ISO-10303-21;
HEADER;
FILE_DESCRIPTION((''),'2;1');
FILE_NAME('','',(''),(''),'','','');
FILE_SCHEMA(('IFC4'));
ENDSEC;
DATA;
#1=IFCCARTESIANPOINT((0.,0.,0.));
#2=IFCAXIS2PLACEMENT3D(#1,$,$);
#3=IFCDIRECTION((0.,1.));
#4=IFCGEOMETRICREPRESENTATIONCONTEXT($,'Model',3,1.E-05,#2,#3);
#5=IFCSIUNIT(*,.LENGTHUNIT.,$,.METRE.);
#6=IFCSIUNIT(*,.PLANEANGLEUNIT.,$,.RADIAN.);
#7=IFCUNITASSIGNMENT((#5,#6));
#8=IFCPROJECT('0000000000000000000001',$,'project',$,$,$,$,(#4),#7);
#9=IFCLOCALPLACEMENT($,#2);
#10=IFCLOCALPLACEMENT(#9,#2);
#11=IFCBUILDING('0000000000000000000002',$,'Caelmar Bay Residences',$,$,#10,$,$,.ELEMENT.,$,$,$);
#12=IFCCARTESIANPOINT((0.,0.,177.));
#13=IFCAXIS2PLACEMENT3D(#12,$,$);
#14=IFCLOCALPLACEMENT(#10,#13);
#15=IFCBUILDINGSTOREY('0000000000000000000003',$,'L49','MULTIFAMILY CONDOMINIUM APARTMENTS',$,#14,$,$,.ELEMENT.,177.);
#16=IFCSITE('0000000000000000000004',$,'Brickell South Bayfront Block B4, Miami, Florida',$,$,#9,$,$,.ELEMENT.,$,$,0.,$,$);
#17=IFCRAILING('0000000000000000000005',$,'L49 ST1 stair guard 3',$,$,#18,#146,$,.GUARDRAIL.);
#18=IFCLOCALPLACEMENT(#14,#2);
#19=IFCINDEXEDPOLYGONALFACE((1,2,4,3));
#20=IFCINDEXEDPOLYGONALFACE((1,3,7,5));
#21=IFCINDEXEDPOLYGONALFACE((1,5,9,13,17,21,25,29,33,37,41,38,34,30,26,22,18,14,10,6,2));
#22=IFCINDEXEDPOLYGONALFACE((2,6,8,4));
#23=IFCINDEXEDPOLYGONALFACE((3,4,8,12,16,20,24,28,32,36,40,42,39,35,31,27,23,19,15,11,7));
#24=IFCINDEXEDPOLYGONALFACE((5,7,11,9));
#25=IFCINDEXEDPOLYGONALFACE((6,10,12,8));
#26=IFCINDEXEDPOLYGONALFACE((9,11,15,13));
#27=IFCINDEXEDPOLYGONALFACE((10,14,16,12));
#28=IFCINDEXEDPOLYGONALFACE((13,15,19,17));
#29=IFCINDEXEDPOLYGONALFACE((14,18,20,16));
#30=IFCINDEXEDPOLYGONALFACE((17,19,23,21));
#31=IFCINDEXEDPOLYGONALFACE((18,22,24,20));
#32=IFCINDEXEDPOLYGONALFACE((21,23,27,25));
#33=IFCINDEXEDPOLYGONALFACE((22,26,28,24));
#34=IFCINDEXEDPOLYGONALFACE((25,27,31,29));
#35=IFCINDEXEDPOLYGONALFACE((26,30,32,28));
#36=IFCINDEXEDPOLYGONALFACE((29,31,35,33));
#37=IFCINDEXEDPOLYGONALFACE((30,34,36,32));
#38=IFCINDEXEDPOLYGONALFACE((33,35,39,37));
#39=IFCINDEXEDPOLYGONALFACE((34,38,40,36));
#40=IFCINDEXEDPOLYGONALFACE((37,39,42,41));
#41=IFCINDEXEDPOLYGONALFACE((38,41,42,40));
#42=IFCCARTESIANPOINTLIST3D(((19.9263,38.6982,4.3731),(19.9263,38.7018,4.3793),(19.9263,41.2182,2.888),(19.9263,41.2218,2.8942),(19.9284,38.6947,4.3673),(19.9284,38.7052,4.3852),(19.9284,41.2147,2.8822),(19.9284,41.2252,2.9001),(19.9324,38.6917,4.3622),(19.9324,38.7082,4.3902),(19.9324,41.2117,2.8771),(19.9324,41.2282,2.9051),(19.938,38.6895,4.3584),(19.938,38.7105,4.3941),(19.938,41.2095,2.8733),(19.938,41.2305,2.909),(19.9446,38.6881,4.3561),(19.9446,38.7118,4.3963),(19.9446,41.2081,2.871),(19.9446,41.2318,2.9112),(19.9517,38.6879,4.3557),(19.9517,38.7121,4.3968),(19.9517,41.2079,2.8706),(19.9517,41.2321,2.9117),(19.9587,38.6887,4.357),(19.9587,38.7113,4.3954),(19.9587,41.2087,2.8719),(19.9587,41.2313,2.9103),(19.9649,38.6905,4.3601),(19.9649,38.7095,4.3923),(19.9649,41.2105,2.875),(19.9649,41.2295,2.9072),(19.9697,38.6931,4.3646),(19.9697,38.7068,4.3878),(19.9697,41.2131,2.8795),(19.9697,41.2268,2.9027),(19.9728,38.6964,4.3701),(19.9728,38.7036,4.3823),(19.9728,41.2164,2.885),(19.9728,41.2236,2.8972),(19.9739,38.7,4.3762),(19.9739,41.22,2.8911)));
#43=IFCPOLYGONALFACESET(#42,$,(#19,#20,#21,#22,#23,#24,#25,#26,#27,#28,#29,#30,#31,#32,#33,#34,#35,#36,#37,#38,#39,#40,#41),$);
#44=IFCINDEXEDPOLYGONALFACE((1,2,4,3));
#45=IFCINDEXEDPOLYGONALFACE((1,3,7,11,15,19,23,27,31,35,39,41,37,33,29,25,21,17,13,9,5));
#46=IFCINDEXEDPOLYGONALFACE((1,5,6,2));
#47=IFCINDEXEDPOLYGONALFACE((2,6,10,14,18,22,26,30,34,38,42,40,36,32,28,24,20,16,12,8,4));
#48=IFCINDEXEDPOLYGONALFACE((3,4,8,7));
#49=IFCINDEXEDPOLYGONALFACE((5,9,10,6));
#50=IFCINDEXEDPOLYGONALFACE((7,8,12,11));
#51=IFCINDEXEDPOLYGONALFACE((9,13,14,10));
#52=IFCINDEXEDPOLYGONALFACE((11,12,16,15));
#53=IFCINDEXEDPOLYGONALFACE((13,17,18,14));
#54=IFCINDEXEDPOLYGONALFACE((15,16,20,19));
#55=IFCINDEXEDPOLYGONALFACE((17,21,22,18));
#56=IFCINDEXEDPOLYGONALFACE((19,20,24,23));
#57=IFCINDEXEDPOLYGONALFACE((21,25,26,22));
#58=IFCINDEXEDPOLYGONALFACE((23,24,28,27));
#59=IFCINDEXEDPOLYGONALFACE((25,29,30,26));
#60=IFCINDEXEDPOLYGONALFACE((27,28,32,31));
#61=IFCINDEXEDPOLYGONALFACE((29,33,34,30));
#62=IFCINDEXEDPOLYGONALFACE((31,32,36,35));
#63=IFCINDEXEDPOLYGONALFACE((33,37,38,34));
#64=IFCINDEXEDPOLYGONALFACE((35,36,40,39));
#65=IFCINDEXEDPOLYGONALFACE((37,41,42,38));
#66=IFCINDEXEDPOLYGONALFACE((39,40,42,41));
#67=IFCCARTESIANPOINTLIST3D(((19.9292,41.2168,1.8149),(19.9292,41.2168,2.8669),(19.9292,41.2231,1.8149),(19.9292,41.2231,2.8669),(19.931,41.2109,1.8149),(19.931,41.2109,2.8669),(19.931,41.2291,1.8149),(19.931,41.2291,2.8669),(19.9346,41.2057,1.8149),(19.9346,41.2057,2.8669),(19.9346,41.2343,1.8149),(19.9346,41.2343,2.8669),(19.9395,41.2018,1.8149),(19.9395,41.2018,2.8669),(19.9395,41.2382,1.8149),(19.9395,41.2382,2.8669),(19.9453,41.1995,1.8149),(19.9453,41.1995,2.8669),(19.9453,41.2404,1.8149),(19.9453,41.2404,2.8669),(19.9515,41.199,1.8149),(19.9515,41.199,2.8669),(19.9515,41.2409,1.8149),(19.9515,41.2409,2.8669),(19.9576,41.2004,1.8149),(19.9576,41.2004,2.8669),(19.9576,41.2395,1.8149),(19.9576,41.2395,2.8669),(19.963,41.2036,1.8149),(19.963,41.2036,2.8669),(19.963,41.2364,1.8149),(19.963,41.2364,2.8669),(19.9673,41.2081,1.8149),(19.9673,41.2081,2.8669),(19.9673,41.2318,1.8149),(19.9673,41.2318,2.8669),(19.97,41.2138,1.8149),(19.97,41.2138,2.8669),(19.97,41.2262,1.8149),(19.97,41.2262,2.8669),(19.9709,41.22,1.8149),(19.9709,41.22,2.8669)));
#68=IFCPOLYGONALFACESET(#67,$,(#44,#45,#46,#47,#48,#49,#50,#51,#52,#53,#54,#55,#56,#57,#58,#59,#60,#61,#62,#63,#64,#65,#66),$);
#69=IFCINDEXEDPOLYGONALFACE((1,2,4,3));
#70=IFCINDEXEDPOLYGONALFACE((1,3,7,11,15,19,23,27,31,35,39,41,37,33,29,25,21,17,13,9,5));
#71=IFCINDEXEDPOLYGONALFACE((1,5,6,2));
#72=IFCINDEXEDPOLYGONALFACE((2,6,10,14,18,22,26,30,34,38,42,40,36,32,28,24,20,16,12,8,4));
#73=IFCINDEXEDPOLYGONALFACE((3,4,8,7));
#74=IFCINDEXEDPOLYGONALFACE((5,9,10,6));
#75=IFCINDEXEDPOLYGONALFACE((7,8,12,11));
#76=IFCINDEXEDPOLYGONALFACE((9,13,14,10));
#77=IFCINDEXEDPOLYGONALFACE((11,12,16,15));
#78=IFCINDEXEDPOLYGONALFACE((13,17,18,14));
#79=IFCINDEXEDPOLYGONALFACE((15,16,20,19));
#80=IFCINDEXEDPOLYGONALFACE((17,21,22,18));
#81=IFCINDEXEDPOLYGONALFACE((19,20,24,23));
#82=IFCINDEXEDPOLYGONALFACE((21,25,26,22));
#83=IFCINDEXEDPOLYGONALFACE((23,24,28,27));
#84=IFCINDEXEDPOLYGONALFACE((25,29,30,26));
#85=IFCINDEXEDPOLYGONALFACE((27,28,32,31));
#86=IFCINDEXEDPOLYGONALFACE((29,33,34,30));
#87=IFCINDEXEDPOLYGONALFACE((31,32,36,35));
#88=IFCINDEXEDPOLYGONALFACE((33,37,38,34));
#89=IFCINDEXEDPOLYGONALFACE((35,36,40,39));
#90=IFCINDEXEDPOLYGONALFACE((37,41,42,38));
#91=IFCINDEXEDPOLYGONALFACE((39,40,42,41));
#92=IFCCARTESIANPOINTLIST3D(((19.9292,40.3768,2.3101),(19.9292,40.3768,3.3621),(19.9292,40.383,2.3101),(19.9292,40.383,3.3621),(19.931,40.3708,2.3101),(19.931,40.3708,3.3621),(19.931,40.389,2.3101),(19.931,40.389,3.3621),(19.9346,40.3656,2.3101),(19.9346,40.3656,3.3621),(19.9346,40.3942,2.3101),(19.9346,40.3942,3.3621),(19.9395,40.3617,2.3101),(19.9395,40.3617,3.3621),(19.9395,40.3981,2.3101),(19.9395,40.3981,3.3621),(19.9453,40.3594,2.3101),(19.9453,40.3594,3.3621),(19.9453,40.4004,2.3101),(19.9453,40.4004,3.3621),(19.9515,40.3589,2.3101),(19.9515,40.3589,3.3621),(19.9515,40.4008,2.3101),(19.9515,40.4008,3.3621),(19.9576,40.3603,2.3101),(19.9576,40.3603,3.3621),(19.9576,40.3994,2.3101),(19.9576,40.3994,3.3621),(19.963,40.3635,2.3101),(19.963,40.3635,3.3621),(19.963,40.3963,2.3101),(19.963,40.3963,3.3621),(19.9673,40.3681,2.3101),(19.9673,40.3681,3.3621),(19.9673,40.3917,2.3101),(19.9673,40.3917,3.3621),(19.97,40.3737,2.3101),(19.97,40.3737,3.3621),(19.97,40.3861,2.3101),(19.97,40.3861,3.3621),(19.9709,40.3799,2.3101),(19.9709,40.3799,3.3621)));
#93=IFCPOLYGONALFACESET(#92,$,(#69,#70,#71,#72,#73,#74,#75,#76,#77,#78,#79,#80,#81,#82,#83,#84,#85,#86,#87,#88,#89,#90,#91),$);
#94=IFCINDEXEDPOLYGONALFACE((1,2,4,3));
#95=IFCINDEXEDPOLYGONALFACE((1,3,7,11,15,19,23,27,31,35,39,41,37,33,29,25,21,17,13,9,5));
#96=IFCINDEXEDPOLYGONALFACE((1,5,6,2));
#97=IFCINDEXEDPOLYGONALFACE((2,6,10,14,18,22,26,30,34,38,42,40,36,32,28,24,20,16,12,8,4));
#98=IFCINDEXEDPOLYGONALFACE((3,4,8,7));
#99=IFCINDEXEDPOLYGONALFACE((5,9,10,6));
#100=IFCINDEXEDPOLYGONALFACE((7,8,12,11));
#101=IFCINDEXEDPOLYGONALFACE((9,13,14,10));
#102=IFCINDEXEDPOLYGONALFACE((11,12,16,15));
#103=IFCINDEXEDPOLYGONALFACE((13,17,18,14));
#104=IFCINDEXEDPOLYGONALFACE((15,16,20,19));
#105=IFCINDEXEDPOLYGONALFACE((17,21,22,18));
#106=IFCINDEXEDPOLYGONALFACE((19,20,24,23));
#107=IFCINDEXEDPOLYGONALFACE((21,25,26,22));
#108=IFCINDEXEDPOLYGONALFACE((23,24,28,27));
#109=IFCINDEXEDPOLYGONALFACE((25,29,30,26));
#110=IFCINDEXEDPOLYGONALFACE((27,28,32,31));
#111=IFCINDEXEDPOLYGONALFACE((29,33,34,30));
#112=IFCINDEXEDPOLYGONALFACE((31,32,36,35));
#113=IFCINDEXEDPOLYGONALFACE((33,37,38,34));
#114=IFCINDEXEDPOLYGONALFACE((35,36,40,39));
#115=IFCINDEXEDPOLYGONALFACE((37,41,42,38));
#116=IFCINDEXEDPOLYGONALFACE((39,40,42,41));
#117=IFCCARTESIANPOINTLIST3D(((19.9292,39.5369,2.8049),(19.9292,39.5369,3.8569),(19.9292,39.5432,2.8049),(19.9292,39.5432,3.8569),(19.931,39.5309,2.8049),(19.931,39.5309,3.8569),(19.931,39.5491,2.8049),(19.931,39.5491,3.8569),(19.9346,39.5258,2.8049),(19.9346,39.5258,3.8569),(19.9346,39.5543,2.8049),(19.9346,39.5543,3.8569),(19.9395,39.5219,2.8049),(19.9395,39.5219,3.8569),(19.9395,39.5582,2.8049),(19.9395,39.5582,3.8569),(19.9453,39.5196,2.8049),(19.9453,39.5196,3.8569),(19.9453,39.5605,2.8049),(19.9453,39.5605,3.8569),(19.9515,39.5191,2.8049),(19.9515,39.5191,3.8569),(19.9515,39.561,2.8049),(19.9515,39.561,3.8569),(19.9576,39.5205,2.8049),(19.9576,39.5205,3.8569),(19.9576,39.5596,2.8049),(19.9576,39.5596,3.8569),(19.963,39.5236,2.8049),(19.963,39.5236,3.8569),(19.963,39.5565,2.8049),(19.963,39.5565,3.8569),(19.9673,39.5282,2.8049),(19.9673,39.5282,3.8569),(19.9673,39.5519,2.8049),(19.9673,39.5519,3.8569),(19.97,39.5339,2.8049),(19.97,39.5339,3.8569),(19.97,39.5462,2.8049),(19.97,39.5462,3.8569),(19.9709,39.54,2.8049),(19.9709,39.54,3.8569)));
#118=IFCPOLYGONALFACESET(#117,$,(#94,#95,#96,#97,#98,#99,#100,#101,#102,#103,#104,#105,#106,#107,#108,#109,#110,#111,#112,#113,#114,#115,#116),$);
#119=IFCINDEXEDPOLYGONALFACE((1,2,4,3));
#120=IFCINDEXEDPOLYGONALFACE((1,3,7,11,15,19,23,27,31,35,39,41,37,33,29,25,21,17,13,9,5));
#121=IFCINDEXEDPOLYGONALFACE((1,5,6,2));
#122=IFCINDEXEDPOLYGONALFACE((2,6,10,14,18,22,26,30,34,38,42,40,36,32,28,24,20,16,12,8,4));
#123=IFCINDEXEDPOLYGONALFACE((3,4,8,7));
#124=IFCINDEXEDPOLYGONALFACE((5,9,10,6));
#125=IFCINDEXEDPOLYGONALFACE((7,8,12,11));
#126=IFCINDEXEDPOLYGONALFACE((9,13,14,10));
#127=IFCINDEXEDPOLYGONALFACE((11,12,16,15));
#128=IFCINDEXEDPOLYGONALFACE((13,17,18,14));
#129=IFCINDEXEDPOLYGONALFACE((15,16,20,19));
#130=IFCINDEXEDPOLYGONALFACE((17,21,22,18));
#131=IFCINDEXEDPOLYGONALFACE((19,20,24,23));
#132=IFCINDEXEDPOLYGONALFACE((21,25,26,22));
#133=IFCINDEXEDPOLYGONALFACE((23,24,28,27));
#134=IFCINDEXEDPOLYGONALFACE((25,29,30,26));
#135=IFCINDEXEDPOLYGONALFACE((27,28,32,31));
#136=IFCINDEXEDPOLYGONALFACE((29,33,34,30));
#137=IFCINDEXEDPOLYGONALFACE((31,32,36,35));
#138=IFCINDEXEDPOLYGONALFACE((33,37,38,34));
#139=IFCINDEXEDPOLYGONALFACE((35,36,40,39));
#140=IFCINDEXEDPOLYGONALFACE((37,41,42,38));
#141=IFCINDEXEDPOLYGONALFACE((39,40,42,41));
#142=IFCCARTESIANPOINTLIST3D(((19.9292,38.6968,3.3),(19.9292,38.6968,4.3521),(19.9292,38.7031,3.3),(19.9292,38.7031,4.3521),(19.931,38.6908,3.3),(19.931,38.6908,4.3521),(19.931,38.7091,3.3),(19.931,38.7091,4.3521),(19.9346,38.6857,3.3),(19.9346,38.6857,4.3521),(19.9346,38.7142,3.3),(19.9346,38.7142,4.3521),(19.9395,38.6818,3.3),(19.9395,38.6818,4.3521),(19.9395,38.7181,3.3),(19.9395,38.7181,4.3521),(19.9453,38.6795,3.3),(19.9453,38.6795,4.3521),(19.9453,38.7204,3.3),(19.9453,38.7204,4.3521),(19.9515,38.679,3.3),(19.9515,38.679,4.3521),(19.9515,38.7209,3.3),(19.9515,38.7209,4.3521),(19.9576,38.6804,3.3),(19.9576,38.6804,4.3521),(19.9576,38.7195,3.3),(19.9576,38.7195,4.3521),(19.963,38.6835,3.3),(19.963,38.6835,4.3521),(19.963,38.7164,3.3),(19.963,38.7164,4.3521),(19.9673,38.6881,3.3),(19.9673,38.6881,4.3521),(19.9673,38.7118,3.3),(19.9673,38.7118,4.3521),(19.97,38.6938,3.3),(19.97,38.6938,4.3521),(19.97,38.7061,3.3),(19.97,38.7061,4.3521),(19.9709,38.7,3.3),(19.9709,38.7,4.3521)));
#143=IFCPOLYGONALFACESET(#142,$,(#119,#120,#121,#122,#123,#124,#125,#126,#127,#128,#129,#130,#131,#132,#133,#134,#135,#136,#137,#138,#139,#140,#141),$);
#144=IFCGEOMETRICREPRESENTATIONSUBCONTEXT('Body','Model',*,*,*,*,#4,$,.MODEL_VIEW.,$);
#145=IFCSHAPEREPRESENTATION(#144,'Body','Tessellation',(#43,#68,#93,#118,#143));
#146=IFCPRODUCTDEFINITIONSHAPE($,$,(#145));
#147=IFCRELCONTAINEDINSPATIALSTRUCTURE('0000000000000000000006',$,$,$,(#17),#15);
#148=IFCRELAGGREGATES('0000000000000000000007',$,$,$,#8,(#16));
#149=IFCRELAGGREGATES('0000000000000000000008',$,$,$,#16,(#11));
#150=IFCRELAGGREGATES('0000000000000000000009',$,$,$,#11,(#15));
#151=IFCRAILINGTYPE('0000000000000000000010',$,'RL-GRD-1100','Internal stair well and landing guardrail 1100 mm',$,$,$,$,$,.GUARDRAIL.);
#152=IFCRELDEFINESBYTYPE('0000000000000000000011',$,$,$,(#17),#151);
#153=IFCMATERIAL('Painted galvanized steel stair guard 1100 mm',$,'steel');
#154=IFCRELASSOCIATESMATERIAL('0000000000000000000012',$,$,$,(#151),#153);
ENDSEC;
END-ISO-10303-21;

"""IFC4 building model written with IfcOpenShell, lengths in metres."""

from ifc_helpers import new_model, si_unit, direction, frame, origin, origin_2d, place, context, subcontext, project, spatial, circle, extrude, material, type_object, element, save


model = new_model("IFC4")

# Units and contexts
model_context = context("Model", 3, precision=1e-05, world=origin(), true_north=direction((0.0, 1.0)))
body_context = subcontext(model_context, "Body", "Model", "MODEL_VIEW")
ifc_project = project(units=[si_unit("LENGTHUNIT", "METRE"), si_unit("PLANEANGLEUNIT", "RADIAN")], contexts=[model_context])

# Site, building, storey
site_placement = place(None, origin())
site = spatial("IfcSite", under=ifc_project, at=site_placement, Name="Brickell South Bayfront Block B4, Miami, Florida", CompositionType="ELEMENT", RefElevation=0.0)
building_placement = place(site_placement, origin())
building = spatial("IfcBuilding", under=site, at=building_placement, Name="Caelmar Bay Residences", CompositionType="ELEMENT")
storey_placement = place(building_placement, frame((0.0, 0.0, 177.0)))
storey = spatial("IfcBuildingStorey", under=building, at=storey_placement, Name="L49", Description="MULTIFAMILY CONDOMINIUM APARTMENTS", CompositionType="ELEMENT", Elevation=177.0)

# Railing
ifc_material_1 = material(Name="Painted galvanized steel stair guard 1100 mm", Category="steel")
railing_type_1 = type_object("IfcRailingType", Name="RL-GRD-1100", Description="Internal stair well and landing guardrail 1100 mm", PredefinedType="GUARDRAIL", material=ifc_material_1)
railing_1_placement = place(storey_placement, frame((19.95, 41.22, 1.8149)))
element("IfcRailing", 1, at=railing_1_placement, inside=storey, type_object=railing_type_1, Name="L49 ST1 stair guard 3", PredefinedType="GUARDRAIL", context=body_context, shape_type="SweptSolid", body=[
    extrude(circle(Radius=0.0239, at=origin_2d()), frame((0.0, 0.0, 1.0762), z_axis=(0.0, -0.861524, 0.507717), x_axis=(1.0, 0.0, 0.0)), (0.0, 0.0, 1.0), 2.925),
    extrude(circle(Radius=0.021, at=origin_2d()), origin(), (0.0, 0.0, 1.0), 1.052),
    extrude(circle(Radius=0.021, at=origin_2d()), frame((0.0, -0.8401, 0.4951)), (0.0, 0.0, 1.0), 1.052),
    extrude(circle(Radius=0.021, at=origin_2d()), frame((0.0, -1.6799, 0.99)), (0.0, 0.0, 1.0), 1.052),
    extrude(circle(Radius=0.021, at=origin_2d()), frame((0.0, -2.52, 1.4851)), (0.0, 0.0, 1.0), 1.052),
])

save(model, "model.ifc")
